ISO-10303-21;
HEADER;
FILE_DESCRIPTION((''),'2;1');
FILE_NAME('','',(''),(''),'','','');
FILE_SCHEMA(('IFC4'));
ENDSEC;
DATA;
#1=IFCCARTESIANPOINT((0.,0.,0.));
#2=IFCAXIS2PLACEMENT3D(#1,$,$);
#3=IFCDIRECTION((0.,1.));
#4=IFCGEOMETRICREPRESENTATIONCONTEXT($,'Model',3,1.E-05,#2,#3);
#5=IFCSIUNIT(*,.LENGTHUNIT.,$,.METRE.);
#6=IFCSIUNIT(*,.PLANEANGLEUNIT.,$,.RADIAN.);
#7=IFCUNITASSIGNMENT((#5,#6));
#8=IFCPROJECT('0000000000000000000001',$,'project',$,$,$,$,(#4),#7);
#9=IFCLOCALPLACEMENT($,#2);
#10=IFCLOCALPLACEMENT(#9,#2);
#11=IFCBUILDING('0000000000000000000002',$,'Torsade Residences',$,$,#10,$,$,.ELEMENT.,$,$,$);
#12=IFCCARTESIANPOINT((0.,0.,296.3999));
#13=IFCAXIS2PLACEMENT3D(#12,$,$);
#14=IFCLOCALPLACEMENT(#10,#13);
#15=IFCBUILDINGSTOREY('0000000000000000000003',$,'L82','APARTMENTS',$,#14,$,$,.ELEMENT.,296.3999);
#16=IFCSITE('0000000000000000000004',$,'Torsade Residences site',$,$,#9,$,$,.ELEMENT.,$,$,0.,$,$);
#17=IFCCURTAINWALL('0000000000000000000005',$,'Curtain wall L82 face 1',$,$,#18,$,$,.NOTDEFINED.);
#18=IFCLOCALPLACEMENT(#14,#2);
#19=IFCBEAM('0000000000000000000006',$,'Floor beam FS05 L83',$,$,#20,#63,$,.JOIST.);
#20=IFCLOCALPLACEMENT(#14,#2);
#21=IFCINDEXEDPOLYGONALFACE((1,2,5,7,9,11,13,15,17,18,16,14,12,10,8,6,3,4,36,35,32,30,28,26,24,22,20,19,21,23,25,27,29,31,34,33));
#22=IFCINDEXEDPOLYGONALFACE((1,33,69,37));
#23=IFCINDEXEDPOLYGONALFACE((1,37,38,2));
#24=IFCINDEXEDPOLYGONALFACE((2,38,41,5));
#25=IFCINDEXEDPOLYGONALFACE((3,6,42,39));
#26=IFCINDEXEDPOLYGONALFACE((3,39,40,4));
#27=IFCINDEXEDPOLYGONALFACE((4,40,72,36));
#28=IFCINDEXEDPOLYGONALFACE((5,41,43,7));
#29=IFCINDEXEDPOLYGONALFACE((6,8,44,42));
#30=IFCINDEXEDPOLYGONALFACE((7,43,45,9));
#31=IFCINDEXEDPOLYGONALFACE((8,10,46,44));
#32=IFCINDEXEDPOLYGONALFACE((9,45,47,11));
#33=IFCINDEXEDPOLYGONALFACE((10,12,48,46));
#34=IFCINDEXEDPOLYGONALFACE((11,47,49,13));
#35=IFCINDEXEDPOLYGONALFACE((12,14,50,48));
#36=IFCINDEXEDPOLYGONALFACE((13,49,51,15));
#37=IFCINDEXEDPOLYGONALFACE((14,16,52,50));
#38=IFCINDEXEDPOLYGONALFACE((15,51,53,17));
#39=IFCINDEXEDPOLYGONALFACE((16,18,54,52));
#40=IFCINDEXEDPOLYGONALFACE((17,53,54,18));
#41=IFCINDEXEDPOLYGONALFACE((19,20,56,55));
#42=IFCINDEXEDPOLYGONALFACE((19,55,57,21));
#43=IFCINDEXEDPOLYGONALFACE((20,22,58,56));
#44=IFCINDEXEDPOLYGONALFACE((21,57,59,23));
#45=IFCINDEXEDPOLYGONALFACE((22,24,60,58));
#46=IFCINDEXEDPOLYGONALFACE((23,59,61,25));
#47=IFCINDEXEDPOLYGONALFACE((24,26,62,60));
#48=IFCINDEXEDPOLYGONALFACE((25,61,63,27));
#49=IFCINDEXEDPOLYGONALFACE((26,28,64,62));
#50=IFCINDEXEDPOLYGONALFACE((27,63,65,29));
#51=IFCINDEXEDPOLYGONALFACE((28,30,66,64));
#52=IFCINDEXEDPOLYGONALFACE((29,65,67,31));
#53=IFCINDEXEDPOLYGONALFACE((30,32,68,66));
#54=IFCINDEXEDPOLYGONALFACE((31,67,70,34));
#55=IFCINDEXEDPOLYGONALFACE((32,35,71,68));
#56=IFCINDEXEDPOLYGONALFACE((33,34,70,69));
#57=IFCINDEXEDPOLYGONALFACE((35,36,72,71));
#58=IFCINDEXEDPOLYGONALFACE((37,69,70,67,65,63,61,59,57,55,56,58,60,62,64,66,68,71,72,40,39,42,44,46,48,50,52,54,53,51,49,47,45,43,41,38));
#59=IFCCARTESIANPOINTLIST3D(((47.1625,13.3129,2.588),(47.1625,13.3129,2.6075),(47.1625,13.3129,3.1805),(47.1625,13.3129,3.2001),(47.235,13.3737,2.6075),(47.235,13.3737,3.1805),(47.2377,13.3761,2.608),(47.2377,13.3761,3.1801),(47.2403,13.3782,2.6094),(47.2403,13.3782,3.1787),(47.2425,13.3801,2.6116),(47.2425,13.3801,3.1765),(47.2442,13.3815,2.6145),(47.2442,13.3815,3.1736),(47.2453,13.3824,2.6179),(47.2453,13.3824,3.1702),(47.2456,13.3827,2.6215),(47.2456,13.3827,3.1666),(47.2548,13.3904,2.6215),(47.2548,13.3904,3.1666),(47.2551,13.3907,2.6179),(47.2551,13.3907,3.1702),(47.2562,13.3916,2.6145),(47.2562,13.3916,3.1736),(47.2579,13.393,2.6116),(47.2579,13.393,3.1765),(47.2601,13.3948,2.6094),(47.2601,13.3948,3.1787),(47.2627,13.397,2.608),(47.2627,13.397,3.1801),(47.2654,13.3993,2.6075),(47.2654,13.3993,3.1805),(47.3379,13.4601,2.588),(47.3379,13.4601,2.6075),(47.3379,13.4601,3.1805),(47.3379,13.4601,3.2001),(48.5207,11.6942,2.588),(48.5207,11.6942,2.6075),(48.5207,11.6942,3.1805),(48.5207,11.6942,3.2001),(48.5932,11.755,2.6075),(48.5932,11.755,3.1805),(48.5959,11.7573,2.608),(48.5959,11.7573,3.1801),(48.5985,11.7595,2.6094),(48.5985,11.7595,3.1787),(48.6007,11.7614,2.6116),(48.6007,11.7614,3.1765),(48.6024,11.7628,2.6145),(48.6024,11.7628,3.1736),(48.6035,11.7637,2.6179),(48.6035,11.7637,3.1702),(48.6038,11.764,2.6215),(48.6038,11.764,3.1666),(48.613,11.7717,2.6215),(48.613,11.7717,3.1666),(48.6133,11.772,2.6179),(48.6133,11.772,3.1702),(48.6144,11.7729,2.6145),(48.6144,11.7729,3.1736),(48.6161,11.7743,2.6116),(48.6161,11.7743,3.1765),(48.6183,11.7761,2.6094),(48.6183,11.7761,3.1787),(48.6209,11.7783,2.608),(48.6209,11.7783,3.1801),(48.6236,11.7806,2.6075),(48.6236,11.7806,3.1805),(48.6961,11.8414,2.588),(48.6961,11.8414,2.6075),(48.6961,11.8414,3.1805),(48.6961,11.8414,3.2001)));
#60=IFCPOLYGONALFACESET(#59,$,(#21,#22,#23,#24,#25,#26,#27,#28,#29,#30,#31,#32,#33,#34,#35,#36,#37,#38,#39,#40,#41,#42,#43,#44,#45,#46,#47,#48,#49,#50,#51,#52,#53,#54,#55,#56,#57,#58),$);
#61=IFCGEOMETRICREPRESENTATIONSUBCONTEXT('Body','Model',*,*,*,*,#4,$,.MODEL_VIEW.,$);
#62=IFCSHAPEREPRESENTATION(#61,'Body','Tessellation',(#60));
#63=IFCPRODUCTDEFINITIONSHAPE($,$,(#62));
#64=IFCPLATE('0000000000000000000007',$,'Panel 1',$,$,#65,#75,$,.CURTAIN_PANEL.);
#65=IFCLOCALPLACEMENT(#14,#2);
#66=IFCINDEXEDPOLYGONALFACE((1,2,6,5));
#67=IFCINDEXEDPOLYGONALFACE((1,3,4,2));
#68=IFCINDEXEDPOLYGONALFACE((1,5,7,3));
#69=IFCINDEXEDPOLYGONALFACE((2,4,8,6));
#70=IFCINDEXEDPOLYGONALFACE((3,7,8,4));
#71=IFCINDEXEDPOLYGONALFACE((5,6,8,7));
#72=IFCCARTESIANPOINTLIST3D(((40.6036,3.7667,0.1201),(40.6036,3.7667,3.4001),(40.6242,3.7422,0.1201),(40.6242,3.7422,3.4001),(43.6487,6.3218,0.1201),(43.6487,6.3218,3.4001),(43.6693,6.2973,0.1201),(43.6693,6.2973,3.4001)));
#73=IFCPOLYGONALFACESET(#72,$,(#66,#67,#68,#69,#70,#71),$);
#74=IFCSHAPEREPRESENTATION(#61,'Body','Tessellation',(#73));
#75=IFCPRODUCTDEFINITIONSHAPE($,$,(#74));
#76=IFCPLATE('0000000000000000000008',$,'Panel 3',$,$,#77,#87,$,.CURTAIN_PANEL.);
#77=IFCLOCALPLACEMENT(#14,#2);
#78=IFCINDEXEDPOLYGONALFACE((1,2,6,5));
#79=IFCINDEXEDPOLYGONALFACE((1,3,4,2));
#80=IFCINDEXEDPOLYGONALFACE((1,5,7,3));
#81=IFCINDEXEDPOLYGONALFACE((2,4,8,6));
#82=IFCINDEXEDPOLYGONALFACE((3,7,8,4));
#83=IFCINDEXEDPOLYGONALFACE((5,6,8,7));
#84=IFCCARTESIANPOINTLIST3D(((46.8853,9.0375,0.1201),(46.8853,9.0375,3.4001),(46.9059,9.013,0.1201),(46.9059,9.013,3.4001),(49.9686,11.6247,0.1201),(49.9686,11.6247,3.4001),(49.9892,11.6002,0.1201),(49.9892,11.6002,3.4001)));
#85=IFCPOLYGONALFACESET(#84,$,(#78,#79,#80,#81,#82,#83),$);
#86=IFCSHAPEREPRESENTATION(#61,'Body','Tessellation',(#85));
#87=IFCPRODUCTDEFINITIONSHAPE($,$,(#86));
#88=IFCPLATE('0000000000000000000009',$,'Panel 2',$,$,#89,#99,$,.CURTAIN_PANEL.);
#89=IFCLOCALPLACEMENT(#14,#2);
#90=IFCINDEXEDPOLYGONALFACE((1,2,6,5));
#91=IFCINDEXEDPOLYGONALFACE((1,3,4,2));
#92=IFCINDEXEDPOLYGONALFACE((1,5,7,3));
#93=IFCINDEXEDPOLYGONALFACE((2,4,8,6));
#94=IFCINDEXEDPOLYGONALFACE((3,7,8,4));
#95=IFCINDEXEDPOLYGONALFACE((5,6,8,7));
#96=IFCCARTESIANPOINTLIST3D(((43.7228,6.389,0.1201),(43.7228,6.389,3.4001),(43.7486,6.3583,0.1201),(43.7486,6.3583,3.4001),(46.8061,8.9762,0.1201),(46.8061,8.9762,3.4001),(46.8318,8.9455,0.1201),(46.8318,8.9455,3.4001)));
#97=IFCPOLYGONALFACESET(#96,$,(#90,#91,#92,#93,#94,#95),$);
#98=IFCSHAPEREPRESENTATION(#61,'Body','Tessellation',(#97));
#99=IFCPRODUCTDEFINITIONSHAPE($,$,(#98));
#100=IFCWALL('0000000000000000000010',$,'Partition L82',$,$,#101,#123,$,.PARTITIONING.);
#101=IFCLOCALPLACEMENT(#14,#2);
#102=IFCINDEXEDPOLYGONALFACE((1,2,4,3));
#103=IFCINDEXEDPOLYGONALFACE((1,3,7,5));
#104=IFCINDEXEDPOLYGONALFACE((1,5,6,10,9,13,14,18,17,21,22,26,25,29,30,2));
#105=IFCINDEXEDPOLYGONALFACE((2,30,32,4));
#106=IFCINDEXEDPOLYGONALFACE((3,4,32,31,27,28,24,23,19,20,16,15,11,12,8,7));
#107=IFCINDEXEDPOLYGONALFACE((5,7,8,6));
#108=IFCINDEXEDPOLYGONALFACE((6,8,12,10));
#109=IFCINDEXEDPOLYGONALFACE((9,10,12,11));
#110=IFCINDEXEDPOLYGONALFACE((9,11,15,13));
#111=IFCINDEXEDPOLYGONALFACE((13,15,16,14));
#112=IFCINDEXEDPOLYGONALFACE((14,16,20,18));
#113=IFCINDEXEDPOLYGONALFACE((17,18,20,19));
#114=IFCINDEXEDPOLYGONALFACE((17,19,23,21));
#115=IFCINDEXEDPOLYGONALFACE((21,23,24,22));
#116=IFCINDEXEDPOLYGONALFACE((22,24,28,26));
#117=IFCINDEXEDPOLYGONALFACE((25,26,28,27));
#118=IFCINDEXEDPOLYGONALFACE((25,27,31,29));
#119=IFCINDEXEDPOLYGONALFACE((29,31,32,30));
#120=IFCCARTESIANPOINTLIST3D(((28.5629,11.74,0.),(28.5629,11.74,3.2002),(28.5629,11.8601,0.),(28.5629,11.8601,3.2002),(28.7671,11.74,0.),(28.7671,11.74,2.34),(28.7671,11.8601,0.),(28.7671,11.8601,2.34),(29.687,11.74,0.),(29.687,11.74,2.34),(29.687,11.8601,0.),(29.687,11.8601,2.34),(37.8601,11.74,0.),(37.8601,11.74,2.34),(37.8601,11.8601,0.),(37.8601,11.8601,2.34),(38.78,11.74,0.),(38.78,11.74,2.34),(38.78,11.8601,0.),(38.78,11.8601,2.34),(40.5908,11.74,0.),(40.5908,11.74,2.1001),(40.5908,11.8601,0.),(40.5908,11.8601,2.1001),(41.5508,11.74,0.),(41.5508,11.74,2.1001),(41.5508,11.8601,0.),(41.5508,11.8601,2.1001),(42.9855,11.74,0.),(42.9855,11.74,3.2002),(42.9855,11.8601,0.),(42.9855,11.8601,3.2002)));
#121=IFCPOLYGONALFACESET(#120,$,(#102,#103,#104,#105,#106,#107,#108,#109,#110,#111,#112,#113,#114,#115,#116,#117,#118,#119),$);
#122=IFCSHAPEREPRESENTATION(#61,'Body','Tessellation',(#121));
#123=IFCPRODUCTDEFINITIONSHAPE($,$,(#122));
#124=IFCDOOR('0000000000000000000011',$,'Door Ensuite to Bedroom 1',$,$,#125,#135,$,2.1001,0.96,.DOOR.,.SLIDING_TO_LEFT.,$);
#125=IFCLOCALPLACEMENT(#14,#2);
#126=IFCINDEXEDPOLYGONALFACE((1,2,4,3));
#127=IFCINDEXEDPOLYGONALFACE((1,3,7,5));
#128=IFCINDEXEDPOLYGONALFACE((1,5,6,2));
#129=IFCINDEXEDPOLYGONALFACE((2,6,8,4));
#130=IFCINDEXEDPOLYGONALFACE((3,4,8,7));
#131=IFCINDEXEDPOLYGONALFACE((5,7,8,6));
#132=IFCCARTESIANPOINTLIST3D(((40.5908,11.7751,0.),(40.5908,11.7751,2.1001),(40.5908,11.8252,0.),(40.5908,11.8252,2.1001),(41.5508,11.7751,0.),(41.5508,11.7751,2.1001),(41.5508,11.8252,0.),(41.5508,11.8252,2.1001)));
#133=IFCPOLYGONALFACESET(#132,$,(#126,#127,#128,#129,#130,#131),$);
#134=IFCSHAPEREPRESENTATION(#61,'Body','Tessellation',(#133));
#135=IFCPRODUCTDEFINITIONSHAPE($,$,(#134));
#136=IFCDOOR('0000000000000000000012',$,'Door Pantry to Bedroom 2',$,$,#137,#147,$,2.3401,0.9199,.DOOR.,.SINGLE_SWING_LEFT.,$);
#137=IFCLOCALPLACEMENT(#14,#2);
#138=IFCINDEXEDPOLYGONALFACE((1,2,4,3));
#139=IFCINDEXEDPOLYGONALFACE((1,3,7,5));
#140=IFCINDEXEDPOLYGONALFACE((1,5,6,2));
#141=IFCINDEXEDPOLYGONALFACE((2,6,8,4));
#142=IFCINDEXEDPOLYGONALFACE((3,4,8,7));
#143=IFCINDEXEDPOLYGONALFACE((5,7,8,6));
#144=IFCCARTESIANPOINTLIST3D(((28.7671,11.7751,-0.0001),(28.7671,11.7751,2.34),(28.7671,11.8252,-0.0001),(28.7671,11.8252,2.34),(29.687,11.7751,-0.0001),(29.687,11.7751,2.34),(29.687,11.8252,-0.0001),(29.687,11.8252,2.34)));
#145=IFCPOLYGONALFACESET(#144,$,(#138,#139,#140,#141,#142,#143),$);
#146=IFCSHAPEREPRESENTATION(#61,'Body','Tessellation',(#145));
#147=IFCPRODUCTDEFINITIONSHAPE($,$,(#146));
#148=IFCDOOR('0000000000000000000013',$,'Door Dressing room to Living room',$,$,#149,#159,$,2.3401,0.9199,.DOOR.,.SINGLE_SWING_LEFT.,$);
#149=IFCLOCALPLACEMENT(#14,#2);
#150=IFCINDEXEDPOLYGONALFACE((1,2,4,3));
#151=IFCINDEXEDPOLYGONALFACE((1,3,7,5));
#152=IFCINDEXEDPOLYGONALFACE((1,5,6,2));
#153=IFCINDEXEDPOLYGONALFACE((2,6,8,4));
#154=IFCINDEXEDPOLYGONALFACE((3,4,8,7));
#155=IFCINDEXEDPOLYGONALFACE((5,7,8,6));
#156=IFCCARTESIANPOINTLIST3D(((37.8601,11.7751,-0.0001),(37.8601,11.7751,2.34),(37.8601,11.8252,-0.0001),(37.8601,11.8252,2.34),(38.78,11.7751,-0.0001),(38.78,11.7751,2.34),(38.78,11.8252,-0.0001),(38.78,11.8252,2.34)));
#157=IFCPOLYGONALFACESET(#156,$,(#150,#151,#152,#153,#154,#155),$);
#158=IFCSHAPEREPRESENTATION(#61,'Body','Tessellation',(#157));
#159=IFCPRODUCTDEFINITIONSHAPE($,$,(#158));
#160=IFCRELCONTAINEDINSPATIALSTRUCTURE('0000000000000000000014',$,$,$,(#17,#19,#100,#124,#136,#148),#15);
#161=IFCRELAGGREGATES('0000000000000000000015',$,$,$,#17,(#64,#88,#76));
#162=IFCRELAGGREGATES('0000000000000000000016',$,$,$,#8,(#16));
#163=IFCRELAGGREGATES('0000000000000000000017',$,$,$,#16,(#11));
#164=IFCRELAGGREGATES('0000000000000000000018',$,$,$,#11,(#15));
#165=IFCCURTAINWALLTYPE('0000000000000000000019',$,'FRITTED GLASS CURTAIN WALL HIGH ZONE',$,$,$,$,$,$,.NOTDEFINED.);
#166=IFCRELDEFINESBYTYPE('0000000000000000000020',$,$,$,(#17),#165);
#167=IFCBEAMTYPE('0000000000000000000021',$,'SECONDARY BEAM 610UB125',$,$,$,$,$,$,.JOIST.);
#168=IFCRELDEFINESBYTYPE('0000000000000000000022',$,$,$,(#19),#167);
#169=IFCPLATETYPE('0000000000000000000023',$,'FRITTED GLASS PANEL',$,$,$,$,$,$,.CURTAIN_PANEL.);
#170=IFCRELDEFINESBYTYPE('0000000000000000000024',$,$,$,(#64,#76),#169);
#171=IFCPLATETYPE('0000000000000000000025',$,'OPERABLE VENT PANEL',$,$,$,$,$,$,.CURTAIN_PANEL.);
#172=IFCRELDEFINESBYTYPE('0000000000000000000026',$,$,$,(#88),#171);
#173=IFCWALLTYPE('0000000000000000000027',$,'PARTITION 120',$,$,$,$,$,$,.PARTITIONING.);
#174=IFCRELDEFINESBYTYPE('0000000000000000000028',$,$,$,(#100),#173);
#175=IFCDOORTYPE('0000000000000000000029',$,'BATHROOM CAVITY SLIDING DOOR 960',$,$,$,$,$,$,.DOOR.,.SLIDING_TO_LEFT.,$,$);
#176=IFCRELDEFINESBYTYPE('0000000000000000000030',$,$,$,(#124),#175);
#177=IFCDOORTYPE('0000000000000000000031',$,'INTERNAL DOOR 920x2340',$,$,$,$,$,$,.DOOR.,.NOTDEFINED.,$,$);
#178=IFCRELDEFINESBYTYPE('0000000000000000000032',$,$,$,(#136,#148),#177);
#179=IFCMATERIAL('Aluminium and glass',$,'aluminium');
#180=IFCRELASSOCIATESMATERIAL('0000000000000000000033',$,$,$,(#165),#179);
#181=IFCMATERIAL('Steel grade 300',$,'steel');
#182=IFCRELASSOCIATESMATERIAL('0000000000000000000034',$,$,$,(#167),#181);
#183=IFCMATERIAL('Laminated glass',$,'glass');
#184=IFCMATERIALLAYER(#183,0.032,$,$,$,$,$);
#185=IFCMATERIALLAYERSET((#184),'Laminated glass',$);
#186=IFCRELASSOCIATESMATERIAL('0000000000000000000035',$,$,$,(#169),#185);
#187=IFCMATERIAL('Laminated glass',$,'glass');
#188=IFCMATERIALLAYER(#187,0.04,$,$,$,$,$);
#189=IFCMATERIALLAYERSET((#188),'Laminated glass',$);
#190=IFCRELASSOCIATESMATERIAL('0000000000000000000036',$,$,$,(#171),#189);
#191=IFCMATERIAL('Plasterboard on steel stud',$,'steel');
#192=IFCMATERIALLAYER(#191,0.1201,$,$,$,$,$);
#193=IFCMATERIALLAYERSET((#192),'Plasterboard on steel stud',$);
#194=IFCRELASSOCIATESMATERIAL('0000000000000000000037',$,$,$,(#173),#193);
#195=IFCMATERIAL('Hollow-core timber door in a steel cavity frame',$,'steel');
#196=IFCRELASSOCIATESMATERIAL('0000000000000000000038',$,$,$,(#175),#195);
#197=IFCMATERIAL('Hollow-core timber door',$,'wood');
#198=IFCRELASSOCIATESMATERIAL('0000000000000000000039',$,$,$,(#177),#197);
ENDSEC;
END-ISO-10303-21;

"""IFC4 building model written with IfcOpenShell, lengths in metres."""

from ifc_helpers import new_model, si_unit, direction, frame, frame_2d, origin, origin_2d, place, context, subcontext, project, spatial, rectangle, i_section, extrude, material, layer, layer_set, material_profile, profile_set, type_object, element, fill, aggregate, save


model = new_model("IFC4")

# Units and contexts
model_context = context("Model", 3, precision=1e-05, world=origin(), true_north=direction((0.0, 1.0)))
body_context = subcontext(model_context, "Body", "Model", "MODEL_VIEW")
ifc_project = project(units=[si_unit("LENGTHUNIT", "METRE"), si_unit("PLANEANGLEUNIT", "RADIAN")], contexts=[model_context])

# Site, building, storey
site_placement = place(None, origin())
site = spatial("IfcSite", under=ifc_project, at=site_placement, Name="Torsade Residences site", CompositionType="ELEMENT", RefElevation=0.0)
building_placement = place(site_placement, origin())
building = spatial("IfcBuilding", under=site, at=building_placement, Name="Torsade Residences", CompositionType="ELEMENT")
storey_placement = place(building_placement, frame((0.0, 0.0, 296.3999)))
storey = spatial("IfcBuildingStorey", under=building, at=storey_placement, Name="L82", Description="APARTMENTS", CompositionType="ELEMENT", Elevation=296.3999)

# Curtain wall
ifc_material_1 = material(Name="Aluminium and glass", Category="aluminium")
curtain_wall_type = type_object("IfcCurtainWallType", Name="FRITTED GLASS CURTAIN WALL HIGH ZONE", PredefinedType="NOTDEFINED", material=ifc_material_1)
curtain_wall_placement = place(storey_placement, origin())
curtain_wall = element("IfcCurtainWall", 1, at=curtain_wall_placement, inside=storey, type_object=curtain_wall_type, Name="Curtain wall L82 face 1", PredefinedType="NOTDEFINED")

# Beam
ifc_material_2 = material(Name="Steel grade 300", Category="steel")
ifc_material_profile_1 = material_profile(ifc_material_2, i_section(OverallWidth=0.229, OverallDepth=0.6121, WebThickness=0.012, FlangeThickness=0.0195, FilletRadius=0.0139, at=origin_2d()), Name="610UB125")
ifc_profile_set_1 = profile_set([ifc_material_profile_1], Name="Steel grade 300")
beam_type_1 = type_object("IfcBeamType", Name="SECONDARY BEAM 610UB125", PredefinedType="JOIST", material=ifc_profile_set_1)
beam_1_placement = place(storey_placement, frame((48.6084, 11.7678, 2.894), z_axis=(-0.642772, 0.766058, 0.0), x_axis=(-0.766058, -0.642772, 0.0)))
element("IfcBeam", 2, at=beam_1_placement, inside=storey, type_object=beam_type_1, Name="Floor beam FS05 L83", PredefinedType="JOIST", context=body_context, shape_type="SweptSolid", body=[
    extrude(i_section(OverallWidth=0.229, OverallDepth=0.6121, WebThickness=0.012, FlangeThickness=0.0195, FilletRadius=0.0139, at=origin_2d()), origin(), (0.0, 0.0, 1.0), 2.113),
])

# Plates
ifc_material_3 = material(Name="Laminated glass", Category="glass")
ifc_layer_1 = layer(ifc_material_3, 0.032)
ifc_layer_set_1 = layer_set([ifc_layer_1], Name="Laminated glass")
plate_type_1 = type_object("IfcPlateType", Name="FRITTED GLASS PANEL", PredefinedType="CURTAIN_PANEL", material=ifc_layer_set_1)
plate_1_placement = place(storey_placement, frame((42.1365, 5.032, 0.1201), z_axis=(0.0, 0.0, 1.0), x_axis=(0.766044, 0.642788, 0.0)))
plate_1 = element("IfcPlate", 3, at=plate_1_placement, type_object=plate_type_1, Name="Panel 1", PredefinedType="CURTAIN_PANEL", context=body_context, shape_type="SweptSolid", body=[
    extrude(rectangle(XDim=3.9751, YDim=0.032, at=origin_2d()), origin(), (0.0, 0.0, 1.0), 3.28),
])
plate_2_placement = place(storey_placement, frame((48.4373, 10.3188, 0.1201), z_axis=(0.0, 0.0, 1.0), x_axis=(0.766044, 0.642788, 0.0)))
plate_2 = element("IfcPlate", 4, at=plate_2_placement, type_object=plate_type_1, Name="Panel 3", PredefinedType="CURTAIN_PANEL", context=body_context, shape_type="SweptSolid", body=[
    extrude(rectangle(XDim=4.0249, YDim=0.032, at=origin_2d()), origin(), (0.0, 0.0, 1.0), 3.28),
])
ifc_material_4 = material(Name="Laminated glass", Category="glass")
ifc_layer_2 = layer(ifc_material_4, 0.04)
ifc_layer_set_2 = layer_set([ifc_layer_2], Name="Laminated glass")
plate_type_2 = type_object("IfcPlateType", Name="OPERABLE VENT PANEL", PredefinedType="CURTAIN_PANEL", material=ifc_layer_set_2)
plate_3_placement = place(storey_placement, frame((45.2773, 7.6672, 0.1201), z_axis=(0.0, 0.0, 1.0), x_axis=(0.766044, 0.642788, 0.0)))
plate_3 = element("IfcPlate", 5, at=plate_3_placement, type_object=plate_type_2, Name="Panel 2", PredefinedType="CURTAIN_PANEL", context=body_context, shape_type="SweptSolid", body=[
    extrude(rectangle(XDim=4.0249, YDim=0.04, at=origin_2d()), origin(), (0.0, 0.0, 1.0), 3.28),
])
aggregate(curtain_wall, [plate_1, plate_3, plate_2])

# Wall, openings, doors
ifc_material_5 = material(Name="Plasterboard on steel stud", Category="steel")
ifc_layer_3 = layer(ifc_material_5, 0.1201)
ifc_layer_set_3 = layer_set([ifc_layer_3], Name="Plasterboard on steel stud")
wall_type_1 = type_object("IfcWallType", Name="PARTITION 120", PredefinedType="PARTITIONING", material=ifc_layer_set_3)
wall_1_placement = place(storey_placement, frame((42.9856, 11.8, 0.0), z_axis=(0.0, 0.0, 1.0), x_axis=(-1.0, 0.0, 0.0)))
wall_1 = element("IfcWall", 6, at=wall_1_placement, inside=storey, type_object=wall_type_1, Name="Partition L82", PredefinedType="PARTITIONING", context=body_context, shape_type="SweptSolid", body=[
    extrude(rectangle(XDim=14.4226, YDim=0.1201, at=frame_2d((7.2114, 0.0))), origin(), (0.0, 0.0, 1.0), 3.2002),
])
opening_1_placement = place(wall_1_placement, frame((13.2986, 0.0, 0.0)))
opening_1 = element("IfcOpeningElement", 7, at=opening_1_placement, cuts=wall_1, PredefinedType="OPENING", context=body_context, shape_type="SweptSolid", body=[
    extrude(rectangle(XDim=0.9199, YDim=2.3401, at=frame_2d((0.46, 1.1699))), frame((0.0, 0.0701, 0.0), z_axis=(0.0, -1.0, 0.0), x_axis=(1.0, 0.0, 0.0)), (0.0, 0.0, 1.0), 0.1401),
])
opening_2_placement = place(wall_1_placement, frame((4.2056, 0.0, 0.0)))
opening_2 = element("IfcOpeningElement", 8, at=opening_2_placement, cuts=wall_1, PredefinedType="OPENING", context=body_context, shape_type="SweptSolid", body=[
    extrude(rectangle(XDim=0.9199, YDim=2.3401, at=frame_2d((0.46, 1.1699))), frame((0.0, 0.0701, 0.0), z_axis=(0.0, -1.0, 0.0), x_axis=(1.0, 0.0, 0.0)), (0.0, 0.0, 1.0), 0.1401),
])
opening_3_placement = place(wall_1_placement, frame((1.4348, 0.0, 0.0)))
opening_3 = element("IfcOpeningElement", 9, at=opening_3_placement, cuts=wall_1, PredefinedType="OPENING", context=body_context, shape_type="SweptSolid", body=[
    extrude(rectangle(XDim=0.96, YDim=2.1001, at=frame_2d((0.48, 1.05))), frame((0.0, 0.0701, 0.0), z_axis=(0.0, -1.0, 0.0), x_axis=(1.0, 0.0, 0.0)), (0.0, 0.0, 1.0), 0.1401),
])
ifc_material_6 = material(Name="Hollow-core timber door in a steel cavity frame", Category="steel")
door_type_1 = type_object("IfcDoorType", Name="BATHROOM CAVITY SLIDING DOOR 960", OperationType="SLIDING_TO_LEFT", PredefinedType="DOOR", material=ifc_material_6)
door_1_placement = place(opening_3_placement, origin())
door_1 = element("IfcDoor", 10, at=door_1_placement, inside=storey, type_object=door_type_1, Name="Door Ensuite to Bedroom 1", OperationType="SLIDING_TO_LEFT", OverallHeight=2.1001, OverallWidth=0.96, PredefinedType="DOOR", context=body_context, shape_type="SweptSolid", body=[
    extrude(rectangle(XDim=0.96, YDim=2.1001, at=frame_2d((0.48, 1.05))), frame((0.0, 0.0249, 0.0), z_axis=(0.0, -1.0, 0.0), x_axis=(1.0, 0.0, 0.0)), (0.0, 0.0, 1.0), 0.05),
])
fill(opening_3, door_1)
ifc_material_7 = material(Name="Hollow-core timber door", Category="wood")
door_type_2 = type_object("IfcDoorType", Name="INTERNAL DOOR 920x2340", OperationType="NOTDEFINED", PredefinedType="DOOR", material=ifc_material_7)
door_2_placement = place(opening_1_placement, origin())
door_2 = element("IfcDoor", 11, at=door_2_placement, inside=storey, type_object=door_type_2, Name="Door Pantry to Bedroom 2", OperationType="SINGLE_SWING_LEFT", OverallHeight=2.3401, OverallWidth=0.9199, PredefinedType="DOOR", context=body_context, shape_type="SweptSolid", body=[
    extrude(rectangle(XDim=0.9199, YDim=2.3401, at=frame_2d((0.46, 1.1699))), frame((0.0, 0.0249, 0.0), z_axis=(0.0, -1.0, 0.0), x_axis=(1.0, 0.0, 0.0)), (0.0, 0.0, 1.0), 0.05),
])
fill(opening_1, door_2)
door_3_placement = place(opening_2_placement, origin())
door_3 = element("IfcDoor", 12, at=door_3_placement, inside=storey, type_object=door_type_2, Name="Door Dressing room to Living room", OperationType="SINGLE_SWING_LEFT", OverallHeight=2.3401, OverallWidth=0.9199, PredefinedType="DOOR", context=body_context, shape_type="SweptSolid", body=[
    extrude(rectangle(XDim=0.9199, YDim=2.3401, at=frame_2d((0.46, 1.1699))), frame((0.0, 0.0249, 0.0), z_axis=(0.0, -1.0, 0.0), x_axis=(1.0, 0.0, 0.0)), (0.0, 0.0, 1.0), 0.05),
])
fill(opening_2, door_3)

save(model, "model.ifc")
